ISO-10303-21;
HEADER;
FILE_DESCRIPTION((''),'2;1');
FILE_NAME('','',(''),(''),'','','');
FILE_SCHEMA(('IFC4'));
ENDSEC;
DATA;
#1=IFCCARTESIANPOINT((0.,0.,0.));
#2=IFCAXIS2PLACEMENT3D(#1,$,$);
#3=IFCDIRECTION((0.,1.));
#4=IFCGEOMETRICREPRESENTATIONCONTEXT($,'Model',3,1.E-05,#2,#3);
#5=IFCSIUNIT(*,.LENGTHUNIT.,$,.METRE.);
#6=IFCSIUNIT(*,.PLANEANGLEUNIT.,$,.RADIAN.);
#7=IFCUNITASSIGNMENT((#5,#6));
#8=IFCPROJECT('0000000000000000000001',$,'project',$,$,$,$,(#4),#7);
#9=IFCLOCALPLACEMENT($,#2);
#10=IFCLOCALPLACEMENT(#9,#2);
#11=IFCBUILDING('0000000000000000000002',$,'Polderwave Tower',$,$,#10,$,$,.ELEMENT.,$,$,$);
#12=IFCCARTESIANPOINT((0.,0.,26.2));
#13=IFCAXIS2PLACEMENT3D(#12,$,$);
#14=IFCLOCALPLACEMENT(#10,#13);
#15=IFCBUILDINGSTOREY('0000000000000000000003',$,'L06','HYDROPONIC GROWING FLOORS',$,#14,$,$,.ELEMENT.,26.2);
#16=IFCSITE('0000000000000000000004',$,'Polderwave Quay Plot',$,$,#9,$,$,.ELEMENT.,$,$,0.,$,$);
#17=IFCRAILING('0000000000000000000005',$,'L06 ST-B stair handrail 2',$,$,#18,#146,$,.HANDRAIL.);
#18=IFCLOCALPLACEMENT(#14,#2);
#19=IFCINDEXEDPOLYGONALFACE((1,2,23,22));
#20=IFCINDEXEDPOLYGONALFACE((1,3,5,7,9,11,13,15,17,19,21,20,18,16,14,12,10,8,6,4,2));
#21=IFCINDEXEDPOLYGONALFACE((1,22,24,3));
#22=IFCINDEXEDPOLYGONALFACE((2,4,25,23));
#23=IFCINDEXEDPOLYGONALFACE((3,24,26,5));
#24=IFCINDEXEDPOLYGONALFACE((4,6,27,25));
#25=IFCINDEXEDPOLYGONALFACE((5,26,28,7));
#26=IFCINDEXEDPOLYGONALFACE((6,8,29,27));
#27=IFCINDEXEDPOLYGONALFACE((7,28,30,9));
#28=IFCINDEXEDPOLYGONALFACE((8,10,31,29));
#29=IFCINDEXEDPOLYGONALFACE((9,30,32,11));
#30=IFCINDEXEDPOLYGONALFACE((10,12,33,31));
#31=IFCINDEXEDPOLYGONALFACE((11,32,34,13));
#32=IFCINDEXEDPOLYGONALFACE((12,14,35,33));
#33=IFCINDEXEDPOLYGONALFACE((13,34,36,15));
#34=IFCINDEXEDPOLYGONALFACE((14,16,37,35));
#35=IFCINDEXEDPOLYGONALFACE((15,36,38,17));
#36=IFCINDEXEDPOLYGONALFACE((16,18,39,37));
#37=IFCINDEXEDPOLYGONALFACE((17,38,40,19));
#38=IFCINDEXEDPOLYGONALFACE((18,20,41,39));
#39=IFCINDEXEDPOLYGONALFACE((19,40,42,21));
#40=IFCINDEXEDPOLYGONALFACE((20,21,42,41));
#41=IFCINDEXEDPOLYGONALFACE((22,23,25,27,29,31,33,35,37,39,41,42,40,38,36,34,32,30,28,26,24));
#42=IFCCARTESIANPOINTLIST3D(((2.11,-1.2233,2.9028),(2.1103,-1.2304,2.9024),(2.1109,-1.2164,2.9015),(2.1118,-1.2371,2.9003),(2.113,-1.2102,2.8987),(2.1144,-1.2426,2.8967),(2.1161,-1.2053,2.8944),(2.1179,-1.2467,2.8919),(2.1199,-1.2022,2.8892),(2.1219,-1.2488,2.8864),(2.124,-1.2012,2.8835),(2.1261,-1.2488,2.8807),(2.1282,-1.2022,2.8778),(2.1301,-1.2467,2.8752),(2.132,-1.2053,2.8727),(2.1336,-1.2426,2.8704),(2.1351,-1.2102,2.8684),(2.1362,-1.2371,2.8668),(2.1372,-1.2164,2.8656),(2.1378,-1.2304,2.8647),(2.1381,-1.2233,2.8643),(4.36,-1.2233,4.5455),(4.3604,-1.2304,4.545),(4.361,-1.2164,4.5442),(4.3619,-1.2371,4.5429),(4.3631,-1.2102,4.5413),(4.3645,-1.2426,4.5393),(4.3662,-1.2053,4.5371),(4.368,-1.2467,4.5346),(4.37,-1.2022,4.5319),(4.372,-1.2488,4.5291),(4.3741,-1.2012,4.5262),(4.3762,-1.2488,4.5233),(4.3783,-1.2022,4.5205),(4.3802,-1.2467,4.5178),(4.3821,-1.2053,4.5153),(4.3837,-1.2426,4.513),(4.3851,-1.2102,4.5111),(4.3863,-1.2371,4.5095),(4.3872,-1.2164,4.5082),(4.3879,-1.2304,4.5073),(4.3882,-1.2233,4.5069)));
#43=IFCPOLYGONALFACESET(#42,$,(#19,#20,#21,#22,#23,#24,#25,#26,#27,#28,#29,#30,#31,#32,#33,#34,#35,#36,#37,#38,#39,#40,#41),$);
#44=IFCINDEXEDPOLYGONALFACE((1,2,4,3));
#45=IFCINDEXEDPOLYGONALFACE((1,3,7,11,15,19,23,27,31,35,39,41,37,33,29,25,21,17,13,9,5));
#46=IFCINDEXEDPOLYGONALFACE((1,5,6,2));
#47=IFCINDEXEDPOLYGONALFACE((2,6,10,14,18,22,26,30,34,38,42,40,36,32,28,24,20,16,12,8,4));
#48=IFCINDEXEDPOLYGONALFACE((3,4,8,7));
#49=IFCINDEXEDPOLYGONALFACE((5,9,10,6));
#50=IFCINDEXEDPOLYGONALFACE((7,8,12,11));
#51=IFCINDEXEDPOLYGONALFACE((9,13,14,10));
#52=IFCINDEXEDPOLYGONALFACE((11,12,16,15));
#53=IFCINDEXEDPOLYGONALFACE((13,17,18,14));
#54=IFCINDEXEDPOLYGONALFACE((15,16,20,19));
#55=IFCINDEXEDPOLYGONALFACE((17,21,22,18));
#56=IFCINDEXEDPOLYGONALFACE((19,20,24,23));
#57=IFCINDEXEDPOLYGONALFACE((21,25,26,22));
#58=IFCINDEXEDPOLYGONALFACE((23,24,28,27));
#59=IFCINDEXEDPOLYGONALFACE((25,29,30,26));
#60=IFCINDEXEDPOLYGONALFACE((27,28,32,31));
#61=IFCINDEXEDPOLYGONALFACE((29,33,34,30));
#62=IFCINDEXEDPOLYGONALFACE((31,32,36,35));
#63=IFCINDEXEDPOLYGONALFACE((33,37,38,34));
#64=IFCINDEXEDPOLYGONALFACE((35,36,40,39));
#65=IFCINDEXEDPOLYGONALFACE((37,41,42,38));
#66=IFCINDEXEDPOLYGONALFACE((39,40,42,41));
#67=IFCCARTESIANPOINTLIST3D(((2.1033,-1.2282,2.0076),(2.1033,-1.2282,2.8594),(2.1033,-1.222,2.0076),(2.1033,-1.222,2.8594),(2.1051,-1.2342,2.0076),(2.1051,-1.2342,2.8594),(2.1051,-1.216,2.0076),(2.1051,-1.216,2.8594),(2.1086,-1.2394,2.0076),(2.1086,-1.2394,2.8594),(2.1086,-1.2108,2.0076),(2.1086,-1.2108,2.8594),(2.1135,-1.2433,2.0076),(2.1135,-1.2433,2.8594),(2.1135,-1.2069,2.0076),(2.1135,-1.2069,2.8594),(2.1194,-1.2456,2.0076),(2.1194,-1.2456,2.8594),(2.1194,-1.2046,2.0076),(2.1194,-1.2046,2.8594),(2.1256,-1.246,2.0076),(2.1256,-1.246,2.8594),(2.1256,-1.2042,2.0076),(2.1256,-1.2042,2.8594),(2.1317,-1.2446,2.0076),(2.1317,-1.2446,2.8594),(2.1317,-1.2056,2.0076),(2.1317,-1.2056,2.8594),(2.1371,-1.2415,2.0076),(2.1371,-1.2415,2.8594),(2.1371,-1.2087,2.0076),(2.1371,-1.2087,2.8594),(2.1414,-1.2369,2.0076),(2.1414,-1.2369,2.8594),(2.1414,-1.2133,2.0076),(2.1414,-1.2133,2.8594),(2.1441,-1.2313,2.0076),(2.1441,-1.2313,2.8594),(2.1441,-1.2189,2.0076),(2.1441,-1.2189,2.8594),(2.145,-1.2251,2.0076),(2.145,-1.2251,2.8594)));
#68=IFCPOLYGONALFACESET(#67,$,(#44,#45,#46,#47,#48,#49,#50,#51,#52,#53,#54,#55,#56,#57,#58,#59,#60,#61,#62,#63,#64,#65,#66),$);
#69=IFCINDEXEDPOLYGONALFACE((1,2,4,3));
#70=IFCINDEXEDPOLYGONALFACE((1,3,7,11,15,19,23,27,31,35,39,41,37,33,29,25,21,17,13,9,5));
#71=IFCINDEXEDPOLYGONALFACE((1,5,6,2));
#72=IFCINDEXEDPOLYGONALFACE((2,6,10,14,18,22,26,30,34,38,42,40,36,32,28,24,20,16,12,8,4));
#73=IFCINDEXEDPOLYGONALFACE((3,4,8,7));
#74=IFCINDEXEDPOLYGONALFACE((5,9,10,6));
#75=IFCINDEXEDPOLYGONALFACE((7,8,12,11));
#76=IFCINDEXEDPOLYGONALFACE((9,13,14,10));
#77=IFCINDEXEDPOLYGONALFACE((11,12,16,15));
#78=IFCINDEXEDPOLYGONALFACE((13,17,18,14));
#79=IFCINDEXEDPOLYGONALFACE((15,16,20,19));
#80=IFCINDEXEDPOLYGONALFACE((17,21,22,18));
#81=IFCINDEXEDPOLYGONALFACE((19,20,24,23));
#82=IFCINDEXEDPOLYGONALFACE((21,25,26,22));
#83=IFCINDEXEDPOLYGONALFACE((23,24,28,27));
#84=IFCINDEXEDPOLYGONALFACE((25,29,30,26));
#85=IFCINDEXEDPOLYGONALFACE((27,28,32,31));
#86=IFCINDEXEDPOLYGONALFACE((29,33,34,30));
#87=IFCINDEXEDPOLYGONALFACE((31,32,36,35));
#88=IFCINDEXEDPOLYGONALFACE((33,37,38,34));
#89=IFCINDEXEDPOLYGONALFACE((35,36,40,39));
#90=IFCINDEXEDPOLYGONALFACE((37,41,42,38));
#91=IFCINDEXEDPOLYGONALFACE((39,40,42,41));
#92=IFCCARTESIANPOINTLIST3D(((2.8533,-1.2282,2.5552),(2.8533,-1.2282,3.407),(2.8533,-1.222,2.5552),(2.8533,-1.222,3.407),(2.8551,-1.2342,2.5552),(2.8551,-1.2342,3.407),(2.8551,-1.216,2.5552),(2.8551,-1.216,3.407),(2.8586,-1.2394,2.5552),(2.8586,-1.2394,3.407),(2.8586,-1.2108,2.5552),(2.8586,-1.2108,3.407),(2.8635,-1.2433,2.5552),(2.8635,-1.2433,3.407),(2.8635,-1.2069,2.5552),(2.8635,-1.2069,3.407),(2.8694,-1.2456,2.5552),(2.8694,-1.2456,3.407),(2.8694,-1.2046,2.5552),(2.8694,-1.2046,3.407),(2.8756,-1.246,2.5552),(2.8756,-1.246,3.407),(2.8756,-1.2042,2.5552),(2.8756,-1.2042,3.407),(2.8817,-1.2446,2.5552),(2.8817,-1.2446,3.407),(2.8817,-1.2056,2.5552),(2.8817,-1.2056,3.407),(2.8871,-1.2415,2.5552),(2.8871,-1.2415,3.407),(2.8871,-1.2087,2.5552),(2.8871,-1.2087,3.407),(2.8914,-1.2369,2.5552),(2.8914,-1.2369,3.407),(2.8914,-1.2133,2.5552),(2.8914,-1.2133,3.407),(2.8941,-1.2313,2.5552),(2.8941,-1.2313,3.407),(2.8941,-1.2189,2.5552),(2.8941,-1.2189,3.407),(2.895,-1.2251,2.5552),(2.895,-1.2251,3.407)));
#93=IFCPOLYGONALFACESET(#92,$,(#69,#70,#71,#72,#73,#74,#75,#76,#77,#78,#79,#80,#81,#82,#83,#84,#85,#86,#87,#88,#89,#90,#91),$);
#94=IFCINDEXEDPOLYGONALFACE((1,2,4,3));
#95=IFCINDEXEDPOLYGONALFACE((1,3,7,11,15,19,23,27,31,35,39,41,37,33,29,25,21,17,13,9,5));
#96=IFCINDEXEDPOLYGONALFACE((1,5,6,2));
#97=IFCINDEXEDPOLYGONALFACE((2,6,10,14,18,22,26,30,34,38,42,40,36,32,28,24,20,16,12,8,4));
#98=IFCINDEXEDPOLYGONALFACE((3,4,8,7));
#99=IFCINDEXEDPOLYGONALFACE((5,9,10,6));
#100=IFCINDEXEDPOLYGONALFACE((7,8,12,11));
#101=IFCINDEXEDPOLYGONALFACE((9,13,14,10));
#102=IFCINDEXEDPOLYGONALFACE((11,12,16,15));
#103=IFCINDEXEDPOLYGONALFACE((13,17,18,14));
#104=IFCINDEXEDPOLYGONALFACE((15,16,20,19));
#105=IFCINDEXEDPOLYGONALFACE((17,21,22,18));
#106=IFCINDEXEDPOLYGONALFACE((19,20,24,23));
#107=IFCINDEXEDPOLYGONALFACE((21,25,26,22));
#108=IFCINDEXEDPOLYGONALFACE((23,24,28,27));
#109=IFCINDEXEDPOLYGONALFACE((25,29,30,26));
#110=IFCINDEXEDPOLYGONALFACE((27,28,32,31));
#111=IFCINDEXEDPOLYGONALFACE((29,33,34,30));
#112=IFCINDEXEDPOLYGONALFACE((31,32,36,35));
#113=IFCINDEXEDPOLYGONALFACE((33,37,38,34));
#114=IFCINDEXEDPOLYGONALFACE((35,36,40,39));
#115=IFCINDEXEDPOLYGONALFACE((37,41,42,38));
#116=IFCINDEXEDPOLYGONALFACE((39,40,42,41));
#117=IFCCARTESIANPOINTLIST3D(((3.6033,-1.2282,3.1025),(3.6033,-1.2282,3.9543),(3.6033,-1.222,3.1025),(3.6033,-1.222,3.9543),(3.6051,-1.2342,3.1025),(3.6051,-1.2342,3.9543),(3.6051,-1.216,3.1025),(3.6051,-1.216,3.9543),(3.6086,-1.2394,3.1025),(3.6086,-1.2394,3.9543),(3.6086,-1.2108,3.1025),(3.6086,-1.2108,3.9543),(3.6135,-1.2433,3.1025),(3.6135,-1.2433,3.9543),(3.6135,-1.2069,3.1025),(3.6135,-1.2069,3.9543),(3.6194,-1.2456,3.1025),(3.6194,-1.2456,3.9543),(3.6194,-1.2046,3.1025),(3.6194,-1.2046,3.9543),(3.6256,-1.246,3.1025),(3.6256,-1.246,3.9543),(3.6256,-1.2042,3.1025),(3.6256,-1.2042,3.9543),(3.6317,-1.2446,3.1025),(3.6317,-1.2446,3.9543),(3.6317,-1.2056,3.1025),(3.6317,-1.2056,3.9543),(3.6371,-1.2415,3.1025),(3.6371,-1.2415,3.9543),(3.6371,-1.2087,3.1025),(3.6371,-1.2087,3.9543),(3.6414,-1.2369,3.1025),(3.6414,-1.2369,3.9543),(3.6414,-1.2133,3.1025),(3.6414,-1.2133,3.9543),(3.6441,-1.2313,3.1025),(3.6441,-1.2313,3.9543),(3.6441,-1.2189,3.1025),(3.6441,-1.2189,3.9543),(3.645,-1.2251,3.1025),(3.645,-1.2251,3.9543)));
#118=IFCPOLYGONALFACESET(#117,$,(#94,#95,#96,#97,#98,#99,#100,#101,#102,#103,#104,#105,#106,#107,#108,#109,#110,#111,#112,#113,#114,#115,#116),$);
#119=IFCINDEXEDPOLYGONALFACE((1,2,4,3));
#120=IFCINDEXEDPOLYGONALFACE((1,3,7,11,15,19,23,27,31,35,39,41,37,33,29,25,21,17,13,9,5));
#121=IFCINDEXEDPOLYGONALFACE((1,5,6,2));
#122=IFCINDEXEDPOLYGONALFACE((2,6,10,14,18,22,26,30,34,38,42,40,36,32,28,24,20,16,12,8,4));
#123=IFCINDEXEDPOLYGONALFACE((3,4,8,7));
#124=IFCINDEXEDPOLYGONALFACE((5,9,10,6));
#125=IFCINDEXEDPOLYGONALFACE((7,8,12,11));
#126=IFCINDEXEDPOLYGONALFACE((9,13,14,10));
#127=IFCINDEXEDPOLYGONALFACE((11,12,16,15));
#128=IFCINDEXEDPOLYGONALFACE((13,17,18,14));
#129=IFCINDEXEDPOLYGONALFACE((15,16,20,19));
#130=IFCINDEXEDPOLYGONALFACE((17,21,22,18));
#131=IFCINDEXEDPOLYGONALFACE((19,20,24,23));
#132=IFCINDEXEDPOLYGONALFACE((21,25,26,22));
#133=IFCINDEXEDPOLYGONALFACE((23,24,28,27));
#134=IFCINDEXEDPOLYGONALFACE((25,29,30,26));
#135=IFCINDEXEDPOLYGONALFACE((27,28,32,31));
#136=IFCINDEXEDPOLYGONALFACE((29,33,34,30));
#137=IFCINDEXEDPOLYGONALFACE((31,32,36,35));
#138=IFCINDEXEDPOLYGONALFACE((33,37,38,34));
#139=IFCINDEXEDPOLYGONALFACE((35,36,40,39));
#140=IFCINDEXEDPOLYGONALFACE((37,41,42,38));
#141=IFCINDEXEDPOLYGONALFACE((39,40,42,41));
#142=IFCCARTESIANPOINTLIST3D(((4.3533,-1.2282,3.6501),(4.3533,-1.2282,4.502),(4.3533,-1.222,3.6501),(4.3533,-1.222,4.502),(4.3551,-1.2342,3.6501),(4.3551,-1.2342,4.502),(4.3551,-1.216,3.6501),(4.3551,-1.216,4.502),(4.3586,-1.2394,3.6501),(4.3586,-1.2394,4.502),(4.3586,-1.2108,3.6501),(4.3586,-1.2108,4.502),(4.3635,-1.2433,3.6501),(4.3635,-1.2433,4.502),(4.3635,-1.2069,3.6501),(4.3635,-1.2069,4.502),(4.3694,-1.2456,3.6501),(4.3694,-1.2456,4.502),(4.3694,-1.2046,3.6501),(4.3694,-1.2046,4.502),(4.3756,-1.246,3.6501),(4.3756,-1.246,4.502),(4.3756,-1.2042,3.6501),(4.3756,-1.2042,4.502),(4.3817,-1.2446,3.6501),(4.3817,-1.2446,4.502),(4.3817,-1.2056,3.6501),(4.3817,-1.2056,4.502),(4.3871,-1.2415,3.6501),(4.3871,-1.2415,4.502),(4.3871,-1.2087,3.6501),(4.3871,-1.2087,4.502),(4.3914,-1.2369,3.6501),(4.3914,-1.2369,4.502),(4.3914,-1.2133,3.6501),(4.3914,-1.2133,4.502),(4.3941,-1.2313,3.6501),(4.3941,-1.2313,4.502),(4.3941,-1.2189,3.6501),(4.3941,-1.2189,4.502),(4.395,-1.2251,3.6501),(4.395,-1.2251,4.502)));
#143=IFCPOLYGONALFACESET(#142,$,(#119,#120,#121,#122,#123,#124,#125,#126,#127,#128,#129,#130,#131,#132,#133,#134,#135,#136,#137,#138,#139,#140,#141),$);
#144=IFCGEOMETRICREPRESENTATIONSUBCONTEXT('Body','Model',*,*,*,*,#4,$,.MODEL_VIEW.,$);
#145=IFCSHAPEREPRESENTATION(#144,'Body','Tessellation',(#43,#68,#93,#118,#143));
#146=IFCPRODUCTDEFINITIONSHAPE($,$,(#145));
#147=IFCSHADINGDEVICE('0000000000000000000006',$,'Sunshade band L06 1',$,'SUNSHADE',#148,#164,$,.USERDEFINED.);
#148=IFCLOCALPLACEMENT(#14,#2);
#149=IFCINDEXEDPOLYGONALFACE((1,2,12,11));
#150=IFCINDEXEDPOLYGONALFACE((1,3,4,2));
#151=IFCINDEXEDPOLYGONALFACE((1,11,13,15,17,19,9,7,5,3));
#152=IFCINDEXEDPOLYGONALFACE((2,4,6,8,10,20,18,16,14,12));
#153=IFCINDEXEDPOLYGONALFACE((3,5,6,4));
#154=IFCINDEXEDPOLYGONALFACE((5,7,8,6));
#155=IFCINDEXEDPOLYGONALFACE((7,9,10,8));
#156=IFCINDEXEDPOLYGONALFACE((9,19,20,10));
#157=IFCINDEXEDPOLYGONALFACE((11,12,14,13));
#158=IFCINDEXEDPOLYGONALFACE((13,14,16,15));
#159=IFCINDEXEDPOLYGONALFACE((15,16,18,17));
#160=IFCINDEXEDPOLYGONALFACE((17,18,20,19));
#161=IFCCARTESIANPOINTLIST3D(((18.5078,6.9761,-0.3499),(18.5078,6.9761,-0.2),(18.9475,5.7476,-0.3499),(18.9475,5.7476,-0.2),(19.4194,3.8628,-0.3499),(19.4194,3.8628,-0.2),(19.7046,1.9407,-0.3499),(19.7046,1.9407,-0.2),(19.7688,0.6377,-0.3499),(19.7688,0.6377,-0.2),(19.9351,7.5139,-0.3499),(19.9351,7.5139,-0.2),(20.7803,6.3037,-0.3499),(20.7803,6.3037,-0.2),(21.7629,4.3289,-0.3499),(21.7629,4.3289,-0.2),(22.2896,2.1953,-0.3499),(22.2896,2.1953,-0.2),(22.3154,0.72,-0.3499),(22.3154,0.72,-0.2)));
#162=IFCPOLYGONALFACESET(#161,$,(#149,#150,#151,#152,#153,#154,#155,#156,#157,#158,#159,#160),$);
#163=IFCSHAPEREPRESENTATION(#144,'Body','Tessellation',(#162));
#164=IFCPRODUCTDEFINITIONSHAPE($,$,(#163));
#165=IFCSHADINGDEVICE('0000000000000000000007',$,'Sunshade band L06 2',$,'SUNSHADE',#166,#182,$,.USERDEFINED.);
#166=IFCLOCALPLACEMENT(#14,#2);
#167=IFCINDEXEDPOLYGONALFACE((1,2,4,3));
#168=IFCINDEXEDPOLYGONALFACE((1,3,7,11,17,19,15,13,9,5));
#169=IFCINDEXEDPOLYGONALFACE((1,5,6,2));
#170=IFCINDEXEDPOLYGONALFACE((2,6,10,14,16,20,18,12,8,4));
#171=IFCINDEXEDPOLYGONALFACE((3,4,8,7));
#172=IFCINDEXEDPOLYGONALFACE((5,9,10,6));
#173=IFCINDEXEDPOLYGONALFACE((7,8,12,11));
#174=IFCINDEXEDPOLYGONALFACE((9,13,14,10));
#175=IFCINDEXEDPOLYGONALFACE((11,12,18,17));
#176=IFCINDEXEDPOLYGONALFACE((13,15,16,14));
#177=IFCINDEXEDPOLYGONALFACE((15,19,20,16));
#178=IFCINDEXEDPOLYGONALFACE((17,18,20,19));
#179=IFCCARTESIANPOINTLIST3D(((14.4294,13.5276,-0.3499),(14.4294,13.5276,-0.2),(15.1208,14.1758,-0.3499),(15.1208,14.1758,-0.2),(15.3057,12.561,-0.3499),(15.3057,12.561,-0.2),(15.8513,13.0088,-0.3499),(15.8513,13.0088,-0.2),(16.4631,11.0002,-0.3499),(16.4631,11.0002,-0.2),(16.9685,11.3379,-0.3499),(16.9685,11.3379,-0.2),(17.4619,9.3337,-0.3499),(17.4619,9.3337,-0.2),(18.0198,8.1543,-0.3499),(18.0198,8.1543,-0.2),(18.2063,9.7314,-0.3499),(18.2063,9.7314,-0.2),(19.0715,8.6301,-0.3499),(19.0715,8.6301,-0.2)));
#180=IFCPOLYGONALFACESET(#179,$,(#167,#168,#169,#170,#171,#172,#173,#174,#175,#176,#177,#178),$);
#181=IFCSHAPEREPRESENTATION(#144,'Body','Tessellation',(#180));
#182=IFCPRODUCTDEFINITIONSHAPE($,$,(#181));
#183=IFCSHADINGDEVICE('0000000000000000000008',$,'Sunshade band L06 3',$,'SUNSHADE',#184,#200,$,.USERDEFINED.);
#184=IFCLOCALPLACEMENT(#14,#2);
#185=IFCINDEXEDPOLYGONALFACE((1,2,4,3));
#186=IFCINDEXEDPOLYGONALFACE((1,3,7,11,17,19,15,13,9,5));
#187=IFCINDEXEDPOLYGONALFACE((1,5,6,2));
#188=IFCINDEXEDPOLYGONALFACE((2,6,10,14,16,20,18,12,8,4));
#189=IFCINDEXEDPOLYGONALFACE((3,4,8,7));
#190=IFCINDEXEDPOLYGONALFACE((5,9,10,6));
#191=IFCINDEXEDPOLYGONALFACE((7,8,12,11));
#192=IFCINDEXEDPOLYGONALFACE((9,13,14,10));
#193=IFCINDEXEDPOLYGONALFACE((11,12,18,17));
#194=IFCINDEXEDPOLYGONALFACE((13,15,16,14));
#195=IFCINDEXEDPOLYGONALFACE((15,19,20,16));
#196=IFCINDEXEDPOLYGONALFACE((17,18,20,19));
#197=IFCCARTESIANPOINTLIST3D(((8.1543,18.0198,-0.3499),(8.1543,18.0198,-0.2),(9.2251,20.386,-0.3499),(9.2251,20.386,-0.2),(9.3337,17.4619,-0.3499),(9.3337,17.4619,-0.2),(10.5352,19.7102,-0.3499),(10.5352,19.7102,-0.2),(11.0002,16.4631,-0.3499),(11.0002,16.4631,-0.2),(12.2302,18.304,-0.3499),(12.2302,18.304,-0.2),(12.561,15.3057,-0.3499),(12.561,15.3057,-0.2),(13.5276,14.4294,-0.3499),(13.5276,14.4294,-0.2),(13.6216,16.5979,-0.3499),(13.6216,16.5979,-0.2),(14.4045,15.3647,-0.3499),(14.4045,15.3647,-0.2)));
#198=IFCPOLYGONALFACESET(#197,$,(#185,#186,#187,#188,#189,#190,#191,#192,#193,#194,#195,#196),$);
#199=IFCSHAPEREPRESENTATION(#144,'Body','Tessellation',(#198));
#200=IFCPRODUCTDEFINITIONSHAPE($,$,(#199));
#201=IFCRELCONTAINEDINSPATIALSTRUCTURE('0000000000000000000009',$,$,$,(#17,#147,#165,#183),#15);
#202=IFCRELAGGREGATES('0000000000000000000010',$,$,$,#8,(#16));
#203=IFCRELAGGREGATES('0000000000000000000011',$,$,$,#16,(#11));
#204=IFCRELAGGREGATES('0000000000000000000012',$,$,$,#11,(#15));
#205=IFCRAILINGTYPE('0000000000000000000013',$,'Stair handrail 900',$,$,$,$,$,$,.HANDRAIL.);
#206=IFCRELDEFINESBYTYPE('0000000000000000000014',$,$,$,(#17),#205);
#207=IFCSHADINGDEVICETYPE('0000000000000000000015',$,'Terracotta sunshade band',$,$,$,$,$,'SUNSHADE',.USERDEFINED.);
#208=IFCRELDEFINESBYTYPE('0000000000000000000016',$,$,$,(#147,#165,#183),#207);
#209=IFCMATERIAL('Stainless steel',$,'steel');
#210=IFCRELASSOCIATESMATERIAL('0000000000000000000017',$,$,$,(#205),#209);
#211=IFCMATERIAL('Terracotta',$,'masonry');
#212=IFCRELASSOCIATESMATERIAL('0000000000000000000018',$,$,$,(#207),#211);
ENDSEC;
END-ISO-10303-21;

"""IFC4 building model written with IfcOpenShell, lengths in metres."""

from ifc_helpers import new_model, si_unit, direction, frame, origin, origin_2d, place, context, subcontext, project, spatial, polyline, circle, outline, extrude, material, type_object, element, save


model = new_model("IFC4")

# Units and contexts
model_context = context("Model", 3, precision=1e-05, world=origin(), true_north=direction((0.0, 1.0)))
body_context = subcontext(model_context, "Body", "Model", "MODEL_VIEW")
ifc_project = project(units=[si_unit("LENGTHUNIT", "METRE"), si_unit("PLANEANGLEUNIT", "RADIAN")], contexts=[model_context])

# Site, building, storey
site_placement = place(None, origin())
site = spatial("IfcSite", under=ifc_project, at=site_placement, Name="Polderwave Quay Plot", CompositionType="ELEMENT", RefElevation=0.0)
building_placement = place(site_placement, origin())
building = spatial("IfcBuilding", under=site, at=building_placement, Name="Polderwave Tower", CompositionType="ELEMENT")
storey_placement = place(building_placement, frame((0.0, 0.0, 26.2)))
storey = spatial("IfcBuildingStorey", under=building, at=storey_placement, Name="L06", Description="HYDROPONIC GROWING FLOORS", CompositionType="ELEMENT", Elevation=26.2)

# Railing
ifc_material_1 = material(Name="Stainless steel", Category="steel")
railing_type_1 = type_object("IfcRailingType", Name="Stair handrail 900", PredefinedType="HANDRAIL", material=ifc_material_1)
railing_1_placement = place(storey_placement, frame((2.124, -1.2251, 2.0076)))
element("IfcRailing", 1, at=railing_1_placement, inside=storey, type_object=railing_type_1, Name="L06 ST-B stair handrail 2", PredefinedType="HANDRAIL", context=body_context, shape_type="SweptSolid", body=[
    extrude(circle(Radius=0.0239, at=origin_2d()), frame((0.0, 0.0, 0.876), z_axis=(0.807674, 0.0, 0.58963), x_axis=(0.0, 1.0, 0.0)), (0.0, 0.0, 1.0), 2.7859),
    extrude(circle(Radius=0.021, at=origin_2d()), origin(), (0.0, 0.0, 1.0), 0.8518),
    extrude(circle(Radius=0.021, at=origin_2d()), frame((0.75, 0.0, 0.5476)), (0.0, 0.0, 1.0), 0.8518),
    extrude(circle(Radius=0.021, at=origin_2d()), frame((1.5, 0.0, 1.095)), (0.0, 0.0, 1.0), 0.8518),
    extrude(circle(Radius=0.021, at=origin_2d()), frame((2.25, 0.0, 1.6426)), (0.0, 0.0, 1.0), 0.8518),
])

# Shading devices
ifc_material_2 = material(Name="Terracotta", Category="masonry")
shading_device_type = type_object("IfcShadingDeviceType", Name="Terracotta sunshade band", ElementType="SUNSHADE", PredefinedType="USERDEFINED", material=ifc_material_2)
shading_device_1_placement = place(storey_placement, frame((0.0, 0.0, -0.3499)))
element("IfcShadingDevice", 2, at=shading_device_1_placement, inside=storey, type_object=shading_device_type, Name="Sunshade band L06 1", ObjectType="SUNSHADE", PredefinedType="USERDEFINED", context=body_context, shape_type="SweptSolid", body=[
    extrude(outline(polyline([(19.7688, 0.6377), (19.7046, 1.9407), (19.4194, 3.8628), (18.9475, 5.7476), (18.5078, 6.9761), (19.9351, 7.5139), (20.7803, 6.3037), (21.7629, 4.3289), (22.2896, 2.1953), (22.3154, 0.72), (19.7688, 0.6377)])), origin(), (0.0, 0.0, 1.0), 0.1499),
])
shading_device_2_placement = place(storey_placement, frame((0.0, 0.0, -0.3499)))
element("IfcShadingDevice", 3, at=shading_device_2_placement, inside=storey, type_object=shading_device_type, Name="Sunshade band L06 2", ObjectType="SUNSHADE", PredefinedType="USERDEFINED", context=body_context, shape_type="SweptSolid", body=[
    extrude(outline(polyline([(18.0198, 8.1543), (17.4619, 9.3337), (16.4631, 11.0002), (15.3057, 12.561), (14.4294, 13.5276), (15.1208, 14.1758), (15.8513, 13.0088), (16.9685, 11.3379), (18.2063, 9.7314), (19.0715, 8.6301), (18.0198, 8.1543)])), origin(), (0.0, 0.0, 1.0), 0.1499),
])
shading_device_3_placement = place(storey_placement, frame((0.0, 0.0, -0.3499)))
element("IfcShadingDevice", 4, at=shading_device_3_placement, inside=storey, type_object=shading_device_type, Name="Sunshade band L06 3", ObjectType="SUNSHADE", PredefinedType="USERDEFINED", context=body_context, shape_type="SweptSolid", body=[
    extrude(outline(polyline([(13.5276, 14.4294), (12.561, 15.3057), (11.0002, 16.4631), (9.3337, 17.4619), (8.1543, 18.0198), (9.2251, 20.386), (10.5352, 19.7102), (12.2302, 18.304), (13.6216, 16.5979), (14.4045, 15.3647), (13.5276, 14.4294)])), origin(), (0.0, 0.0, 1.0), 0.1499),
])

save(model, "model.ifc")
